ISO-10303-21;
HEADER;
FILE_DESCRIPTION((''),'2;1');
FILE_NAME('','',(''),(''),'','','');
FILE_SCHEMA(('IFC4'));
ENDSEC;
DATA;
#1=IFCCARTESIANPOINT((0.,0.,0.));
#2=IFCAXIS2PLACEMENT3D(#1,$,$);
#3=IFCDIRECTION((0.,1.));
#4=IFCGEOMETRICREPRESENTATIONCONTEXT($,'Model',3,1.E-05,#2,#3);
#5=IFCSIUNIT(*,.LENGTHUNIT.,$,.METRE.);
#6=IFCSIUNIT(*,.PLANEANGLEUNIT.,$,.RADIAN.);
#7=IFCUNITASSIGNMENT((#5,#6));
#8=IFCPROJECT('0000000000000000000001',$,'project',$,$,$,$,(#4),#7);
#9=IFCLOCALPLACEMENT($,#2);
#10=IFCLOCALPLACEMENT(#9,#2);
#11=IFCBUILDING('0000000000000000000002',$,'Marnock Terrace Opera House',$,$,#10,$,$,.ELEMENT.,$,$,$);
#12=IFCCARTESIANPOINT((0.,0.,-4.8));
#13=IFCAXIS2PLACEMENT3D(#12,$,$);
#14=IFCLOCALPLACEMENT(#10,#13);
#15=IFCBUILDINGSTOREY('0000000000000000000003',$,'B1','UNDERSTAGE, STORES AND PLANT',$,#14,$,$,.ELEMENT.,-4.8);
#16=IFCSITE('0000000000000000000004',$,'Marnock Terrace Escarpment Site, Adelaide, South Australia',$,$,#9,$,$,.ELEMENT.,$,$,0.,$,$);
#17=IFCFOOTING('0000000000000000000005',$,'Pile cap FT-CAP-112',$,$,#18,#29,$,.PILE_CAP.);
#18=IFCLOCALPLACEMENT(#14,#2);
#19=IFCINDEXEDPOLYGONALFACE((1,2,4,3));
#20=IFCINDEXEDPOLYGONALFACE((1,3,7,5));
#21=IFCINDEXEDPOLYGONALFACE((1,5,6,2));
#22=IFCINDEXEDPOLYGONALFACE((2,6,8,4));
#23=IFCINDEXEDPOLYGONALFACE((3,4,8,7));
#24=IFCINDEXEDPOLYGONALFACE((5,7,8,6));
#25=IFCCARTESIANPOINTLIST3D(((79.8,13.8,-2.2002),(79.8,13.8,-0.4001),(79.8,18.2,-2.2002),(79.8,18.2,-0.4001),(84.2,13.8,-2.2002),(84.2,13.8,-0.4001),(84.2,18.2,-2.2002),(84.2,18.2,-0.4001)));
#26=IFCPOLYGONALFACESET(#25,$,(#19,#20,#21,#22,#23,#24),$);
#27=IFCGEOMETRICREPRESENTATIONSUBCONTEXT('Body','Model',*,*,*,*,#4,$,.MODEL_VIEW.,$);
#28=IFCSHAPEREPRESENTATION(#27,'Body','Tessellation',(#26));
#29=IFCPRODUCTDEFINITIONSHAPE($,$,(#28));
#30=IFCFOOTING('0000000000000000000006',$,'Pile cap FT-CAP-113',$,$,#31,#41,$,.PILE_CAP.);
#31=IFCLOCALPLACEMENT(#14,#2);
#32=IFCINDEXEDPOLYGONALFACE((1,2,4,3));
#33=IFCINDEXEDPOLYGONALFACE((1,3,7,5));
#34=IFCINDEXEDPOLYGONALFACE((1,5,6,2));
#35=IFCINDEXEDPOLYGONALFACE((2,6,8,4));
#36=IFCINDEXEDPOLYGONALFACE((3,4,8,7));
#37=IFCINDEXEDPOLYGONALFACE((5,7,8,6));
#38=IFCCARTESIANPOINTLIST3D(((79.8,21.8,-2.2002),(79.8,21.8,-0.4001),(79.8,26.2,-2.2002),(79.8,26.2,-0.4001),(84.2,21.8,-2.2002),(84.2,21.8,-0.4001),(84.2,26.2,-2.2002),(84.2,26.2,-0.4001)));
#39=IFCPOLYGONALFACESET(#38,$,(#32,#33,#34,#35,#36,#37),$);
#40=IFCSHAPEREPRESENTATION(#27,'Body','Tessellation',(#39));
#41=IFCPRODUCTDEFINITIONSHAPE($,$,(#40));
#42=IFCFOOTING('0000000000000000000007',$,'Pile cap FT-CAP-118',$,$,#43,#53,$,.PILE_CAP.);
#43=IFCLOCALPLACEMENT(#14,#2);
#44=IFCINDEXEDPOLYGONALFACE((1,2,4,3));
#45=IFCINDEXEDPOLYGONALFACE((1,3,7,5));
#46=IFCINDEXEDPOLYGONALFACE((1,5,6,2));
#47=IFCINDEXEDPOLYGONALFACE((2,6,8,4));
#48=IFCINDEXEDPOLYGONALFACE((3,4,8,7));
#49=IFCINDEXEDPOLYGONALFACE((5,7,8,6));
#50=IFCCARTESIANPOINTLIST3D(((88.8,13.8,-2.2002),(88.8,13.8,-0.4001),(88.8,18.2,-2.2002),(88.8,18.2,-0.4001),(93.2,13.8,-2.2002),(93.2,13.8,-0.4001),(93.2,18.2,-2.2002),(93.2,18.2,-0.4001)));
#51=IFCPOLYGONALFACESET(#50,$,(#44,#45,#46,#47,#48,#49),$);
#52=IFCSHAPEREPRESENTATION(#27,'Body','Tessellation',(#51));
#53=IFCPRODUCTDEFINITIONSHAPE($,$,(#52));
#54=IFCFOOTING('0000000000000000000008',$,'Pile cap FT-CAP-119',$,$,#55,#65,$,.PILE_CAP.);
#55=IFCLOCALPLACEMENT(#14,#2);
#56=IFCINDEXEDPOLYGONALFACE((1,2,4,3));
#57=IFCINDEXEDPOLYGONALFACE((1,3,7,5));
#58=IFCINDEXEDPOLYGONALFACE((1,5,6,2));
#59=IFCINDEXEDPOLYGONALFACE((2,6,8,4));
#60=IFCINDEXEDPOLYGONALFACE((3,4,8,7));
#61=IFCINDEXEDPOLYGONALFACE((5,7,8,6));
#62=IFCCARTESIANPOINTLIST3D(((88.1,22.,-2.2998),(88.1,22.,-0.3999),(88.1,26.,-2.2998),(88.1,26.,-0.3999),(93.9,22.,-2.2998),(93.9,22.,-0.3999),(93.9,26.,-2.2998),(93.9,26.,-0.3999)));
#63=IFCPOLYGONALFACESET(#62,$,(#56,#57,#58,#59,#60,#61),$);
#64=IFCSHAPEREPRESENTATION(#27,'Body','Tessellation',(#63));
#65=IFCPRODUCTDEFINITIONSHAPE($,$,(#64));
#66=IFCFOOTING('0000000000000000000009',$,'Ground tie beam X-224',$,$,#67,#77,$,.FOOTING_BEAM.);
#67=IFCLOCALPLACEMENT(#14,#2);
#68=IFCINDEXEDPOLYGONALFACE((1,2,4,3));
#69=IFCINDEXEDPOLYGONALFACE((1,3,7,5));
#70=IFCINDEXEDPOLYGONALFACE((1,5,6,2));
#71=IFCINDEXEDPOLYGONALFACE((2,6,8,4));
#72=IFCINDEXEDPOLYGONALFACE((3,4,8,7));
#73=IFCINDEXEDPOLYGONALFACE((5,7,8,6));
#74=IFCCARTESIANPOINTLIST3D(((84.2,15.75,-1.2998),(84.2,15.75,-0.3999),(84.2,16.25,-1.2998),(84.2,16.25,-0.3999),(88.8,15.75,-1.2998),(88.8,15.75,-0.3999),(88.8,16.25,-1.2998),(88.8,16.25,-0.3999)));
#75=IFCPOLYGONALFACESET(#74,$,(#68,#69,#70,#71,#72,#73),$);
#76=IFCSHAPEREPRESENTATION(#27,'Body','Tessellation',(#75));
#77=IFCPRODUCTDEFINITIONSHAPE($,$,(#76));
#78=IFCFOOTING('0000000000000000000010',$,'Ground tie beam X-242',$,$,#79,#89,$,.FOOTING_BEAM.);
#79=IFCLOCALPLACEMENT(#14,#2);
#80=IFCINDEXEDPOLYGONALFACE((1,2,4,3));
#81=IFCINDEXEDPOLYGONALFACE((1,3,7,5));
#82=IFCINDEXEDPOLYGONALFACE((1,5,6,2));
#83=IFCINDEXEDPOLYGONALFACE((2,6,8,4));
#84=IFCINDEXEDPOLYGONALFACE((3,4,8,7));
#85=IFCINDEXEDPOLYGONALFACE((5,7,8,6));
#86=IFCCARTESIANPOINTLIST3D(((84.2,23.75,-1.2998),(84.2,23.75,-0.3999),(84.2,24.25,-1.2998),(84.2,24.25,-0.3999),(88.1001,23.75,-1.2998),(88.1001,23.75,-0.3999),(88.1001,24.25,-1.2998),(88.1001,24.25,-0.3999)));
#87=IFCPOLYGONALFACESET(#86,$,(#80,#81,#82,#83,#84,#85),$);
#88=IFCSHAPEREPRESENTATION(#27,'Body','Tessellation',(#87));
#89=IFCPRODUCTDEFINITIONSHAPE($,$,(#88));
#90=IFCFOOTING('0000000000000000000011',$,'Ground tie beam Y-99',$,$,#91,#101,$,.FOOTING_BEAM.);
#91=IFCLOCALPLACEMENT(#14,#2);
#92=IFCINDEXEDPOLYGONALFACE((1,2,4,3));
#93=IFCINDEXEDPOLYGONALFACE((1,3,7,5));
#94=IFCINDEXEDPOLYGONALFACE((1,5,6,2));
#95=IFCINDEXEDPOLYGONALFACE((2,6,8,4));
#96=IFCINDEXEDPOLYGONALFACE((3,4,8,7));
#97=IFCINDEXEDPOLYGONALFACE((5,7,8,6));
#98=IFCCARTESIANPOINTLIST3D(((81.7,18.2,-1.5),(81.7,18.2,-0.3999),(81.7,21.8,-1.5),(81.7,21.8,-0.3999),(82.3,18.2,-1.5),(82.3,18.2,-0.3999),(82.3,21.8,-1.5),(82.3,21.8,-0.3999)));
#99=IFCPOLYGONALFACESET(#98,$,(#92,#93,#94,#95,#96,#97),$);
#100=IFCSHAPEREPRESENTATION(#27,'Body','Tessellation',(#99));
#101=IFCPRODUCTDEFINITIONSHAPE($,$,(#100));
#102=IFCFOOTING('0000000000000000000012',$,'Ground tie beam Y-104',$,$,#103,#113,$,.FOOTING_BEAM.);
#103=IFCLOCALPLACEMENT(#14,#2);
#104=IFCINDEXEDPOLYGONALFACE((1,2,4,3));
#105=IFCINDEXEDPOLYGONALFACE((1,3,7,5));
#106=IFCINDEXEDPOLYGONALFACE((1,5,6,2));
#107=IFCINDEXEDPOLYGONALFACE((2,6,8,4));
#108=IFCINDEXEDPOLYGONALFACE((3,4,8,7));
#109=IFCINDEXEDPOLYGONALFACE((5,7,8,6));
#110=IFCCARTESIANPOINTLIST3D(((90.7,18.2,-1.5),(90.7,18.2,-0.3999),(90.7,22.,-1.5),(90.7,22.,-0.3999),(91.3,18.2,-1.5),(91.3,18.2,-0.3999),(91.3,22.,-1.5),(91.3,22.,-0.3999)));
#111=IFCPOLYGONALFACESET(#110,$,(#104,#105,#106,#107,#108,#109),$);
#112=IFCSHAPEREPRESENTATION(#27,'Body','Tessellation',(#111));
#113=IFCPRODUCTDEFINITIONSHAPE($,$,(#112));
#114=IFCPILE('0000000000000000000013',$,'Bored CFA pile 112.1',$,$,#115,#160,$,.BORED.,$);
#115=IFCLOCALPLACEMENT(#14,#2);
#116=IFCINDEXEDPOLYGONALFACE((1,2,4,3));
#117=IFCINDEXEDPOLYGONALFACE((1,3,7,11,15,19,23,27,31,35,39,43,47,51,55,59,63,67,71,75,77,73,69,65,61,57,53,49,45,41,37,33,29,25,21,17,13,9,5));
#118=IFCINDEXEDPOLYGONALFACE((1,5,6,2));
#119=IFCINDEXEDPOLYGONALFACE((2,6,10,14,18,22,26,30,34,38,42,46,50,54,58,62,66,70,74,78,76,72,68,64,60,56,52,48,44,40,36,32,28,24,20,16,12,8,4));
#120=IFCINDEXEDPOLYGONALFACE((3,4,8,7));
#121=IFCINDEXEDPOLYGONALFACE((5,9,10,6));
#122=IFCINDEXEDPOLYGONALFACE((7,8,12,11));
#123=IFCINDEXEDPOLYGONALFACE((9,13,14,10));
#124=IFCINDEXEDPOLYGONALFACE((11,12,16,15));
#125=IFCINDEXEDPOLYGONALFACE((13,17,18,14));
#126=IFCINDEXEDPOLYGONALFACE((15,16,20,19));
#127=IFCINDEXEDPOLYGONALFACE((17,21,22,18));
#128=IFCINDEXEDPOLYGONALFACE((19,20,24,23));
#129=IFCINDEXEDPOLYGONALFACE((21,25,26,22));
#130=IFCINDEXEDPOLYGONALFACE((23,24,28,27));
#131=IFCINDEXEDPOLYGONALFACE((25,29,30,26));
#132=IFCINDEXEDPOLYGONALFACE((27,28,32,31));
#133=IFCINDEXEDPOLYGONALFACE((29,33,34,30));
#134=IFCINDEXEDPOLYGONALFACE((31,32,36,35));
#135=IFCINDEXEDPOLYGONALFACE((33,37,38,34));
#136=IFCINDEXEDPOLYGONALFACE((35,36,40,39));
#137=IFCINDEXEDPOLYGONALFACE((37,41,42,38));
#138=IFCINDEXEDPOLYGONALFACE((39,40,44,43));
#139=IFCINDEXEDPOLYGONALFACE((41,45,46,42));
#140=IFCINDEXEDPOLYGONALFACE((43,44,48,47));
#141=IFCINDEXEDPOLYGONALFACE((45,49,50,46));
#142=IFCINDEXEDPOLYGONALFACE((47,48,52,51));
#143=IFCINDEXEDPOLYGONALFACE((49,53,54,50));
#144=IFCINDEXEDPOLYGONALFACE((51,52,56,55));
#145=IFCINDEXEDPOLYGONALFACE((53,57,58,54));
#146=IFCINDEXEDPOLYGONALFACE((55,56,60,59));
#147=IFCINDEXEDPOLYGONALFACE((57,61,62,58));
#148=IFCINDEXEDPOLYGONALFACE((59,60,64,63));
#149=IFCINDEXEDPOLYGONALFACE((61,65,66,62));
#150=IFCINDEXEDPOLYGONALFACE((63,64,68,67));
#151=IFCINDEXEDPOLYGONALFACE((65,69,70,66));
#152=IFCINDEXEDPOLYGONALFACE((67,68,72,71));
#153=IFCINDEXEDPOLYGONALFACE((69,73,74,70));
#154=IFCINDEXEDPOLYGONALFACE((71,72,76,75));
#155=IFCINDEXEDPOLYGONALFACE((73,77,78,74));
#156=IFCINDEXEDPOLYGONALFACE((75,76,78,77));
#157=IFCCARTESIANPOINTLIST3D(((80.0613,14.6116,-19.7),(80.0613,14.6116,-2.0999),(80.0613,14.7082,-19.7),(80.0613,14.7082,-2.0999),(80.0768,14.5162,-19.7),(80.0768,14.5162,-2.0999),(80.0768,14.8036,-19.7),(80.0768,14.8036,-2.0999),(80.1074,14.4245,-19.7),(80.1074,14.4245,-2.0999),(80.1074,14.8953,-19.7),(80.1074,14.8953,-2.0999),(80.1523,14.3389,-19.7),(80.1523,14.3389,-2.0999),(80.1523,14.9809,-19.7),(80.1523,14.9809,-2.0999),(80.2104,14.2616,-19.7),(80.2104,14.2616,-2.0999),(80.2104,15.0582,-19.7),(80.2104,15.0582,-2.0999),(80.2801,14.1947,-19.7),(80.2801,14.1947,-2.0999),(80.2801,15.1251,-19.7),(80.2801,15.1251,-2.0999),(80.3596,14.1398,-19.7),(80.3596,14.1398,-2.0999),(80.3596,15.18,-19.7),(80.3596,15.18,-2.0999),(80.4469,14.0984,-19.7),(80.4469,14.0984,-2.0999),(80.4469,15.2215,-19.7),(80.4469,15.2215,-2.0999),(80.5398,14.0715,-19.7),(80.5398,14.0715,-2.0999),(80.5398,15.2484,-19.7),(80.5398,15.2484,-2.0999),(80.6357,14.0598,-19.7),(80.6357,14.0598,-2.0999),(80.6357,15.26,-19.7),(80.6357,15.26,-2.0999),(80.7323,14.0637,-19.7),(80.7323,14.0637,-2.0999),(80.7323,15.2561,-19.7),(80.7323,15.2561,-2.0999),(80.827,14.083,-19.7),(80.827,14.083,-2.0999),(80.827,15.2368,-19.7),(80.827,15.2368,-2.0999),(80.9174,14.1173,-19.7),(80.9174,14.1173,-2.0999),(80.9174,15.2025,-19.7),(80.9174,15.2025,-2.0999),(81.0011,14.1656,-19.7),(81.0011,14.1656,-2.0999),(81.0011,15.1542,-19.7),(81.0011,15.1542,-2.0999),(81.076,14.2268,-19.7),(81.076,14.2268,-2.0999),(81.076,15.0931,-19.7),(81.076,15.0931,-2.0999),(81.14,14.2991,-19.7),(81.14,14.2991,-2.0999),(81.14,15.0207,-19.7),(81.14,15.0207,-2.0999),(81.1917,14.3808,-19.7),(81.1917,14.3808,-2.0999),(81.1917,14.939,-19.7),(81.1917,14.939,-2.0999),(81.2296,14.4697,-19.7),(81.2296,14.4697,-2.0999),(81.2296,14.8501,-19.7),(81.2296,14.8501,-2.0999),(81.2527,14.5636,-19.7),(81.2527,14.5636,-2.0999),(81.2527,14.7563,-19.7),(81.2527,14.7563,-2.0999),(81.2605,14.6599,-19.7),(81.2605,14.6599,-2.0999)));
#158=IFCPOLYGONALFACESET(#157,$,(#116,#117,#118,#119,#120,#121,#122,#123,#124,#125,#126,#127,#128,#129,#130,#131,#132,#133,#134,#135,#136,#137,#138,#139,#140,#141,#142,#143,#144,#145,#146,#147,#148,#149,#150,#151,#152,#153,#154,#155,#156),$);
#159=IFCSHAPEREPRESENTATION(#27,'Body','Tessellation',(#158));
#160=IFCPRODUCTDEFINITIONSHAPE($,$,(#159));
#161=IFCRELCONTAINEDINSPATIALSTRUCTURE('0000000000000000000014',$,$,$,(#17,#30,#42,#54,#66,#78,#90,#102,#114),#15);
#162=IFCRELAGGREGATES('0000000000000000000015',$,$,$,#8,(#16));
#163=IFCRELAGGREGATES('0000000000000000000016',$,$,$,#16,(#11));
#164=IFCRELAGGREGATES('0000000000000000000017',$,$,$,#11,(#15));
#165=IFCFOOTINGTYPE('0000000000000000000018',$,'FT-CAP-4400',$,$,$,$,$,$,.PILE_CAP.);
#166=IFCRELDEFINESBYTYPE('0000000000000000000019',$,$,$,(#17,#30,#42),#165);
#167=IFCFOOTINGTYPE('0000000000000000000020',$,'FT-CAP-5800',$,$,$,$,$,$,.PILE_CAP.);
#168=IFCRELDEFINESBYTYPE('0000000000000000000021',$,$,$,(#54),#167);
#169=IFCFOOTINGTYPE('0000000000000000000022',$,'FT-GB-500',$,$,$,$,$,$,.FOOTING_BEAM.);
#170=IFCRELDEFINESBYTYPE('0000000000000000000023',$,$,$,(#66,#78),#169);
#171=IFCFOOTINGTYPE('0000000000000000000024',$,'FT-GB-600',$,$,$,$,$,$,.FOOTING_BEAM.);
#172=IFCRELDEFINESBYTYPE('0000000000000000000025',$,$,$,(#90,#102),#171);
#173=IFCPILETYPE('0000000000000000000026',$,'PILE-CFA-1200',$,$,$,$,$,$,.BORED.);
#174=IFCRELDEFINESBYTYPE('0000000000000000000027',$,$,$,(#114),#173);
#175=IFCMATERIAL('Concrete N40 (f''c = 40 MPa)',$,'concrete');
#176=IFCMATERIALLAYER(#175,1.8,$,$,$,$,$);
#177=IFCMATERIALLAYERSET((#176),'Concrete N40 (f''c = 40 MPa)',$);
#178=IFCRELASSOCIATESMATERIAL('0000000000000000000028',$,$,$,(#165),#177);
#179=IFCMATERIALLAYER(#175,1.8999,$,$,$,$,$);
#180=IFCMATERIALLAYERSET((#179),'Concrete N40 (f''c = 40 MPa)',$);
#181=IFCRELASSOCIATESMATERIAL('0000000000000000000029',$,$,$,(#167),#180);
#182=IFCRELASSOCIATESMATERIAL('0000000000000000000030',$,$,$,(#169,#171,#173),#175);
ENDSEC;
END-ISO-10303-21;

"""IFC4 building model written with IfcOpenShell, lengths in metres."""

from ifc_helpers import new_model, si_unit, direction, frame, origin, origin_2d, place, context, subcontext, project, spatial, rectangle, circle, extrude, material, layer, layer_set, material_profile, profile_set, type_object, element, save


model = new_model("IFC4")

# Units and contexts
model_context = context("Model", 3, precision=1e-05, world=origin(), true_north=direction((0.0, 1.0)))
body_context = subcontext(model_context, "Body", "Model", "MODEL_VIEW")
ifc_project = project(units=[si_unit("LENGTHUNIT", "METRE"), si_unit("PLANEANGLEUNIT", "RADIAN")], contexts=[model_context])

# Site, building, storey
site_placement = place(None, origin())
site = spatial("IfcSite", under=ifc_project, at=site_placement, Name="Marnock Terrace Escarpment Site, Adelaide, South Australia", CompositionType="ELEMENT", RefElevation=0.0)
building_placement = place(site_placement, origin())
building = spatial("IfcBuilding", under=site, at=building_placement, Name="Marnock Terrace Opera House", CompositionType="ELEMENT")
storey_placement = place(building_placement, frame((0.0, 0.0, -4.8)))
storey = spatial("IfcBuildingStorey", under=building, at=storey_placement, Name="B1", Description="UNDERSTAGE, STORES AND PLANT", CompositionType="ELEMENT", Elevation=-4.8)

# Footings
ifc_material_1 = material(Name="Concrete N40 (f'c = 40 MPa)", Category="concrete")
ifc_layer_1 = layer(ifc_material_1, 1.8)
ifc_layer_set_1 = layer_set([ifc_layer_1], Name="Concrete N40 (f'c = 40 MPa)")
footing_type_1 = type_object("IfcFootingType", Name="FT-CAP-4400", PredefinedType="PILE_CAP", material=ifc_layer_set_1)
for number, where, z_axis, x_axis, name in (
    (1, (82.0, 16.0, -2.2002), (0.0, 0.0, 1.0), (1.0, 0.0, 0.0), "Pile cap FT-CAP-112"),
    (2, (82.0, 24.0, -2.2002), (0.0, 0.0, 1.0), (1.0, 0.0, 0.0), "Pile cap FT-CAP-113"),
    (3, (91.0, 16.0, -2.2002), (0.0, 0.0, 1.0), (1.0, 0.0, 0.0), "Pile cap FT-CAP-118"),
):
    element("IfcFooting", number, at=place(storey_placement, frame(where, z_axis=z_axis, x_axis=x_axis)), inside=storey, type_object=footing_type_1, Name=name, PredefinedType="PILE_CAP", context=body_context, shape_type="SweptSolid", body=[
        extrude(rectangle(XDim=4.3999, YDim=4.3999, at=origin_2d()), origin(), (0.0, 0.0, 1.0), 1.8),
    ])
ifc_layer_2 = layer(ifc_material_1, 1.8999)
ifc_layer_set_2 = layer_set([ifc_layer_2], Name="Concrete N40 (f'c = 40 MPa)")
footing_type_2 = type_object("IfcFootingType", Name="FT-CAP-5800", PredefinedType="PILE_CAP", material=ifc_layer_set_2)
footing_1_placement = place(storey_placement, frame((91.0, 24.0, -2.2998), z_axis=(0.0, 0.0, 1.0), x_axis=(1.0, 0.0, 0.0)))
element("IfcFooting", 4, at=footing_1_placement, inside=storey, type_object=footing_type_2, Name="Pile cap FT-CAP-119", PredefinedType="PILE_CAP", context=body_context, shape_type="SweptSolid", body=[
    extrude(rectangle(XDim=5.8, YDim=4.0, at=origin_2d()), origin(), (0.0, 0.0, 1.0), 1.8999),
])
ifc_material_profile_1 = material_profile(ifc_material_1, rectangle(XDim=0.5, YDim=0.8999, at=origin_2d()))
ifc_profile_set_1 = profile_set([ifc_material_profile_1], Name="Concrete N40 (f'c = 40 MPa)")
footing_type_3 = type_object("IfcFootingType", Name="FT-GB-500", PredefinedType="FOOTING_BEAM", material=ifc_profile_set_1)
footing_2_placement = place(storey_placement, frame((84.2, 16.0, -0.8499), z_axis=(1.0, 0.0, 0.0), x_axis=(0.0, 1.0, 0.0)))
element("IfcFooting", 5, at=footing_2_placement, inside=storey, type_object=footing_type_3, Name="Ground tie beam X-224", PredefinedType="FOOTING_BEAM", context=body_context, shape_type="SweptSolid", body=[
    extrude(rectangle(XDim=0.5, YDim=0.8999, at=origin_2d()), origin(), (0.0, 0.0, 1.0), 4.6001),
])
footing_3_placement = place(storey_placement, frame((84.2, 24.0, -0.8499), z_axis=(1.0, 0.0, 0.0), x_axis=(0.0, 1.0, 0.0)))
element("IfcFooting", 6, at=footing_3_placement, inside=storey, type_object=footing_type_3, Name="Ground tie beam X-242", PredefinedType="FOOTING_BEAM", context=body_context, shape_type="SweptSolid", body=[
    extrude(rectangle(XDim=0.5, YDim=0.8999, at=origin_2d()), origin(), (0.0, 0.0, 1.0), 3.9001),
])
ifc_material_profile_2 = material_profile(ifc_material_1, rectangle(XDim=0.6001, YDim=1.1001, at=origin_2d()))
ifc_profile_set_2 = profile_set([ifc_material_profile_2], Name="Concrete N40 (f'c = 40 MPa)")
footing_type_4 = type_object("IfcFootingType", Name="FT-GB-600", PredefinedType="FOOTING_BEAM", material=ifc_profile_set_2)
footing_4_placement = place(storey_placement, frame((82.0, 18.2, -0.95), z_axis=(0.0, 1.0, 0.0), x_axis=(-1.0, 0.0, 0.0)))
element("IfcFooting", 7, at=footing_4_placement, inside=storey, type_object=footing_type_4, Name="Ground tie beam Y-99", PredefinedType="FOOTING_BEAM", context=body_context, shape_type="SweptSolid", body=[
    extrude(rectangle(XDim=0.6001, YDim=1.1001, at=origin_2d()), origin(), (0.0, 0.0, 1.0), 3.6001),
])
footing_5_placement = place(storey_placement, frame((91.0, 18.2, -0.95), z_axis=(0.0, 1.0, 0.0), x_axis=(-1.0, 0.0, 0.0)))
element("IfcFooting", 8, at=footing_5_placement, inside=storey, type_object=footing_type_4, Name="Ground tie beam Y-104", PredefinedType="FOOTING_BEAM", context=body_context, shape_type="SweptSolid", body=[
    extrude(rectangle(XDim=0.6001, YDim=1.1001, at=origin_2d()), origin(), (0.0, 0.0, 1.0), 3.8),
])

# Pile
ifc_material_profile_3 = material_profile(ifc_material_1, circle(Radius=0.6006, at=origin_2d()))
ifc_profile_set_3 = profile_set([ifc_material_profile_3], Name="Concrete N40 (f'c = 40 MPa)")
pile_type = type_object("IfcPileType", Name="PILE-CFA-1200", PredefinedType="BORED", material=ifc_profile_set_3)
for number, where, z_axis, x_axis, name in (
    (9, (80.6599, 14.6599, -2.0999), (0.0, 0.0, -1.0), (1.0, 0.0, 0.0), "Bored CFA pile 112.1"),
):
    element("IfcPile", number, at=place(storey_placement, frame(where, z_axis=z_axis, x_axis=x_axis)), inside=storey, type_object=pile_type, Name=name, PredefinedType="BORED", context=body_context, shape_type="SweptSolid", body=[
        extrude(circle(Radius=0.6006, at=origin_2d()), origin(), (0.0, 0.0, 1.0), 17.6001),
    ])

save(model, "model.ifc")
